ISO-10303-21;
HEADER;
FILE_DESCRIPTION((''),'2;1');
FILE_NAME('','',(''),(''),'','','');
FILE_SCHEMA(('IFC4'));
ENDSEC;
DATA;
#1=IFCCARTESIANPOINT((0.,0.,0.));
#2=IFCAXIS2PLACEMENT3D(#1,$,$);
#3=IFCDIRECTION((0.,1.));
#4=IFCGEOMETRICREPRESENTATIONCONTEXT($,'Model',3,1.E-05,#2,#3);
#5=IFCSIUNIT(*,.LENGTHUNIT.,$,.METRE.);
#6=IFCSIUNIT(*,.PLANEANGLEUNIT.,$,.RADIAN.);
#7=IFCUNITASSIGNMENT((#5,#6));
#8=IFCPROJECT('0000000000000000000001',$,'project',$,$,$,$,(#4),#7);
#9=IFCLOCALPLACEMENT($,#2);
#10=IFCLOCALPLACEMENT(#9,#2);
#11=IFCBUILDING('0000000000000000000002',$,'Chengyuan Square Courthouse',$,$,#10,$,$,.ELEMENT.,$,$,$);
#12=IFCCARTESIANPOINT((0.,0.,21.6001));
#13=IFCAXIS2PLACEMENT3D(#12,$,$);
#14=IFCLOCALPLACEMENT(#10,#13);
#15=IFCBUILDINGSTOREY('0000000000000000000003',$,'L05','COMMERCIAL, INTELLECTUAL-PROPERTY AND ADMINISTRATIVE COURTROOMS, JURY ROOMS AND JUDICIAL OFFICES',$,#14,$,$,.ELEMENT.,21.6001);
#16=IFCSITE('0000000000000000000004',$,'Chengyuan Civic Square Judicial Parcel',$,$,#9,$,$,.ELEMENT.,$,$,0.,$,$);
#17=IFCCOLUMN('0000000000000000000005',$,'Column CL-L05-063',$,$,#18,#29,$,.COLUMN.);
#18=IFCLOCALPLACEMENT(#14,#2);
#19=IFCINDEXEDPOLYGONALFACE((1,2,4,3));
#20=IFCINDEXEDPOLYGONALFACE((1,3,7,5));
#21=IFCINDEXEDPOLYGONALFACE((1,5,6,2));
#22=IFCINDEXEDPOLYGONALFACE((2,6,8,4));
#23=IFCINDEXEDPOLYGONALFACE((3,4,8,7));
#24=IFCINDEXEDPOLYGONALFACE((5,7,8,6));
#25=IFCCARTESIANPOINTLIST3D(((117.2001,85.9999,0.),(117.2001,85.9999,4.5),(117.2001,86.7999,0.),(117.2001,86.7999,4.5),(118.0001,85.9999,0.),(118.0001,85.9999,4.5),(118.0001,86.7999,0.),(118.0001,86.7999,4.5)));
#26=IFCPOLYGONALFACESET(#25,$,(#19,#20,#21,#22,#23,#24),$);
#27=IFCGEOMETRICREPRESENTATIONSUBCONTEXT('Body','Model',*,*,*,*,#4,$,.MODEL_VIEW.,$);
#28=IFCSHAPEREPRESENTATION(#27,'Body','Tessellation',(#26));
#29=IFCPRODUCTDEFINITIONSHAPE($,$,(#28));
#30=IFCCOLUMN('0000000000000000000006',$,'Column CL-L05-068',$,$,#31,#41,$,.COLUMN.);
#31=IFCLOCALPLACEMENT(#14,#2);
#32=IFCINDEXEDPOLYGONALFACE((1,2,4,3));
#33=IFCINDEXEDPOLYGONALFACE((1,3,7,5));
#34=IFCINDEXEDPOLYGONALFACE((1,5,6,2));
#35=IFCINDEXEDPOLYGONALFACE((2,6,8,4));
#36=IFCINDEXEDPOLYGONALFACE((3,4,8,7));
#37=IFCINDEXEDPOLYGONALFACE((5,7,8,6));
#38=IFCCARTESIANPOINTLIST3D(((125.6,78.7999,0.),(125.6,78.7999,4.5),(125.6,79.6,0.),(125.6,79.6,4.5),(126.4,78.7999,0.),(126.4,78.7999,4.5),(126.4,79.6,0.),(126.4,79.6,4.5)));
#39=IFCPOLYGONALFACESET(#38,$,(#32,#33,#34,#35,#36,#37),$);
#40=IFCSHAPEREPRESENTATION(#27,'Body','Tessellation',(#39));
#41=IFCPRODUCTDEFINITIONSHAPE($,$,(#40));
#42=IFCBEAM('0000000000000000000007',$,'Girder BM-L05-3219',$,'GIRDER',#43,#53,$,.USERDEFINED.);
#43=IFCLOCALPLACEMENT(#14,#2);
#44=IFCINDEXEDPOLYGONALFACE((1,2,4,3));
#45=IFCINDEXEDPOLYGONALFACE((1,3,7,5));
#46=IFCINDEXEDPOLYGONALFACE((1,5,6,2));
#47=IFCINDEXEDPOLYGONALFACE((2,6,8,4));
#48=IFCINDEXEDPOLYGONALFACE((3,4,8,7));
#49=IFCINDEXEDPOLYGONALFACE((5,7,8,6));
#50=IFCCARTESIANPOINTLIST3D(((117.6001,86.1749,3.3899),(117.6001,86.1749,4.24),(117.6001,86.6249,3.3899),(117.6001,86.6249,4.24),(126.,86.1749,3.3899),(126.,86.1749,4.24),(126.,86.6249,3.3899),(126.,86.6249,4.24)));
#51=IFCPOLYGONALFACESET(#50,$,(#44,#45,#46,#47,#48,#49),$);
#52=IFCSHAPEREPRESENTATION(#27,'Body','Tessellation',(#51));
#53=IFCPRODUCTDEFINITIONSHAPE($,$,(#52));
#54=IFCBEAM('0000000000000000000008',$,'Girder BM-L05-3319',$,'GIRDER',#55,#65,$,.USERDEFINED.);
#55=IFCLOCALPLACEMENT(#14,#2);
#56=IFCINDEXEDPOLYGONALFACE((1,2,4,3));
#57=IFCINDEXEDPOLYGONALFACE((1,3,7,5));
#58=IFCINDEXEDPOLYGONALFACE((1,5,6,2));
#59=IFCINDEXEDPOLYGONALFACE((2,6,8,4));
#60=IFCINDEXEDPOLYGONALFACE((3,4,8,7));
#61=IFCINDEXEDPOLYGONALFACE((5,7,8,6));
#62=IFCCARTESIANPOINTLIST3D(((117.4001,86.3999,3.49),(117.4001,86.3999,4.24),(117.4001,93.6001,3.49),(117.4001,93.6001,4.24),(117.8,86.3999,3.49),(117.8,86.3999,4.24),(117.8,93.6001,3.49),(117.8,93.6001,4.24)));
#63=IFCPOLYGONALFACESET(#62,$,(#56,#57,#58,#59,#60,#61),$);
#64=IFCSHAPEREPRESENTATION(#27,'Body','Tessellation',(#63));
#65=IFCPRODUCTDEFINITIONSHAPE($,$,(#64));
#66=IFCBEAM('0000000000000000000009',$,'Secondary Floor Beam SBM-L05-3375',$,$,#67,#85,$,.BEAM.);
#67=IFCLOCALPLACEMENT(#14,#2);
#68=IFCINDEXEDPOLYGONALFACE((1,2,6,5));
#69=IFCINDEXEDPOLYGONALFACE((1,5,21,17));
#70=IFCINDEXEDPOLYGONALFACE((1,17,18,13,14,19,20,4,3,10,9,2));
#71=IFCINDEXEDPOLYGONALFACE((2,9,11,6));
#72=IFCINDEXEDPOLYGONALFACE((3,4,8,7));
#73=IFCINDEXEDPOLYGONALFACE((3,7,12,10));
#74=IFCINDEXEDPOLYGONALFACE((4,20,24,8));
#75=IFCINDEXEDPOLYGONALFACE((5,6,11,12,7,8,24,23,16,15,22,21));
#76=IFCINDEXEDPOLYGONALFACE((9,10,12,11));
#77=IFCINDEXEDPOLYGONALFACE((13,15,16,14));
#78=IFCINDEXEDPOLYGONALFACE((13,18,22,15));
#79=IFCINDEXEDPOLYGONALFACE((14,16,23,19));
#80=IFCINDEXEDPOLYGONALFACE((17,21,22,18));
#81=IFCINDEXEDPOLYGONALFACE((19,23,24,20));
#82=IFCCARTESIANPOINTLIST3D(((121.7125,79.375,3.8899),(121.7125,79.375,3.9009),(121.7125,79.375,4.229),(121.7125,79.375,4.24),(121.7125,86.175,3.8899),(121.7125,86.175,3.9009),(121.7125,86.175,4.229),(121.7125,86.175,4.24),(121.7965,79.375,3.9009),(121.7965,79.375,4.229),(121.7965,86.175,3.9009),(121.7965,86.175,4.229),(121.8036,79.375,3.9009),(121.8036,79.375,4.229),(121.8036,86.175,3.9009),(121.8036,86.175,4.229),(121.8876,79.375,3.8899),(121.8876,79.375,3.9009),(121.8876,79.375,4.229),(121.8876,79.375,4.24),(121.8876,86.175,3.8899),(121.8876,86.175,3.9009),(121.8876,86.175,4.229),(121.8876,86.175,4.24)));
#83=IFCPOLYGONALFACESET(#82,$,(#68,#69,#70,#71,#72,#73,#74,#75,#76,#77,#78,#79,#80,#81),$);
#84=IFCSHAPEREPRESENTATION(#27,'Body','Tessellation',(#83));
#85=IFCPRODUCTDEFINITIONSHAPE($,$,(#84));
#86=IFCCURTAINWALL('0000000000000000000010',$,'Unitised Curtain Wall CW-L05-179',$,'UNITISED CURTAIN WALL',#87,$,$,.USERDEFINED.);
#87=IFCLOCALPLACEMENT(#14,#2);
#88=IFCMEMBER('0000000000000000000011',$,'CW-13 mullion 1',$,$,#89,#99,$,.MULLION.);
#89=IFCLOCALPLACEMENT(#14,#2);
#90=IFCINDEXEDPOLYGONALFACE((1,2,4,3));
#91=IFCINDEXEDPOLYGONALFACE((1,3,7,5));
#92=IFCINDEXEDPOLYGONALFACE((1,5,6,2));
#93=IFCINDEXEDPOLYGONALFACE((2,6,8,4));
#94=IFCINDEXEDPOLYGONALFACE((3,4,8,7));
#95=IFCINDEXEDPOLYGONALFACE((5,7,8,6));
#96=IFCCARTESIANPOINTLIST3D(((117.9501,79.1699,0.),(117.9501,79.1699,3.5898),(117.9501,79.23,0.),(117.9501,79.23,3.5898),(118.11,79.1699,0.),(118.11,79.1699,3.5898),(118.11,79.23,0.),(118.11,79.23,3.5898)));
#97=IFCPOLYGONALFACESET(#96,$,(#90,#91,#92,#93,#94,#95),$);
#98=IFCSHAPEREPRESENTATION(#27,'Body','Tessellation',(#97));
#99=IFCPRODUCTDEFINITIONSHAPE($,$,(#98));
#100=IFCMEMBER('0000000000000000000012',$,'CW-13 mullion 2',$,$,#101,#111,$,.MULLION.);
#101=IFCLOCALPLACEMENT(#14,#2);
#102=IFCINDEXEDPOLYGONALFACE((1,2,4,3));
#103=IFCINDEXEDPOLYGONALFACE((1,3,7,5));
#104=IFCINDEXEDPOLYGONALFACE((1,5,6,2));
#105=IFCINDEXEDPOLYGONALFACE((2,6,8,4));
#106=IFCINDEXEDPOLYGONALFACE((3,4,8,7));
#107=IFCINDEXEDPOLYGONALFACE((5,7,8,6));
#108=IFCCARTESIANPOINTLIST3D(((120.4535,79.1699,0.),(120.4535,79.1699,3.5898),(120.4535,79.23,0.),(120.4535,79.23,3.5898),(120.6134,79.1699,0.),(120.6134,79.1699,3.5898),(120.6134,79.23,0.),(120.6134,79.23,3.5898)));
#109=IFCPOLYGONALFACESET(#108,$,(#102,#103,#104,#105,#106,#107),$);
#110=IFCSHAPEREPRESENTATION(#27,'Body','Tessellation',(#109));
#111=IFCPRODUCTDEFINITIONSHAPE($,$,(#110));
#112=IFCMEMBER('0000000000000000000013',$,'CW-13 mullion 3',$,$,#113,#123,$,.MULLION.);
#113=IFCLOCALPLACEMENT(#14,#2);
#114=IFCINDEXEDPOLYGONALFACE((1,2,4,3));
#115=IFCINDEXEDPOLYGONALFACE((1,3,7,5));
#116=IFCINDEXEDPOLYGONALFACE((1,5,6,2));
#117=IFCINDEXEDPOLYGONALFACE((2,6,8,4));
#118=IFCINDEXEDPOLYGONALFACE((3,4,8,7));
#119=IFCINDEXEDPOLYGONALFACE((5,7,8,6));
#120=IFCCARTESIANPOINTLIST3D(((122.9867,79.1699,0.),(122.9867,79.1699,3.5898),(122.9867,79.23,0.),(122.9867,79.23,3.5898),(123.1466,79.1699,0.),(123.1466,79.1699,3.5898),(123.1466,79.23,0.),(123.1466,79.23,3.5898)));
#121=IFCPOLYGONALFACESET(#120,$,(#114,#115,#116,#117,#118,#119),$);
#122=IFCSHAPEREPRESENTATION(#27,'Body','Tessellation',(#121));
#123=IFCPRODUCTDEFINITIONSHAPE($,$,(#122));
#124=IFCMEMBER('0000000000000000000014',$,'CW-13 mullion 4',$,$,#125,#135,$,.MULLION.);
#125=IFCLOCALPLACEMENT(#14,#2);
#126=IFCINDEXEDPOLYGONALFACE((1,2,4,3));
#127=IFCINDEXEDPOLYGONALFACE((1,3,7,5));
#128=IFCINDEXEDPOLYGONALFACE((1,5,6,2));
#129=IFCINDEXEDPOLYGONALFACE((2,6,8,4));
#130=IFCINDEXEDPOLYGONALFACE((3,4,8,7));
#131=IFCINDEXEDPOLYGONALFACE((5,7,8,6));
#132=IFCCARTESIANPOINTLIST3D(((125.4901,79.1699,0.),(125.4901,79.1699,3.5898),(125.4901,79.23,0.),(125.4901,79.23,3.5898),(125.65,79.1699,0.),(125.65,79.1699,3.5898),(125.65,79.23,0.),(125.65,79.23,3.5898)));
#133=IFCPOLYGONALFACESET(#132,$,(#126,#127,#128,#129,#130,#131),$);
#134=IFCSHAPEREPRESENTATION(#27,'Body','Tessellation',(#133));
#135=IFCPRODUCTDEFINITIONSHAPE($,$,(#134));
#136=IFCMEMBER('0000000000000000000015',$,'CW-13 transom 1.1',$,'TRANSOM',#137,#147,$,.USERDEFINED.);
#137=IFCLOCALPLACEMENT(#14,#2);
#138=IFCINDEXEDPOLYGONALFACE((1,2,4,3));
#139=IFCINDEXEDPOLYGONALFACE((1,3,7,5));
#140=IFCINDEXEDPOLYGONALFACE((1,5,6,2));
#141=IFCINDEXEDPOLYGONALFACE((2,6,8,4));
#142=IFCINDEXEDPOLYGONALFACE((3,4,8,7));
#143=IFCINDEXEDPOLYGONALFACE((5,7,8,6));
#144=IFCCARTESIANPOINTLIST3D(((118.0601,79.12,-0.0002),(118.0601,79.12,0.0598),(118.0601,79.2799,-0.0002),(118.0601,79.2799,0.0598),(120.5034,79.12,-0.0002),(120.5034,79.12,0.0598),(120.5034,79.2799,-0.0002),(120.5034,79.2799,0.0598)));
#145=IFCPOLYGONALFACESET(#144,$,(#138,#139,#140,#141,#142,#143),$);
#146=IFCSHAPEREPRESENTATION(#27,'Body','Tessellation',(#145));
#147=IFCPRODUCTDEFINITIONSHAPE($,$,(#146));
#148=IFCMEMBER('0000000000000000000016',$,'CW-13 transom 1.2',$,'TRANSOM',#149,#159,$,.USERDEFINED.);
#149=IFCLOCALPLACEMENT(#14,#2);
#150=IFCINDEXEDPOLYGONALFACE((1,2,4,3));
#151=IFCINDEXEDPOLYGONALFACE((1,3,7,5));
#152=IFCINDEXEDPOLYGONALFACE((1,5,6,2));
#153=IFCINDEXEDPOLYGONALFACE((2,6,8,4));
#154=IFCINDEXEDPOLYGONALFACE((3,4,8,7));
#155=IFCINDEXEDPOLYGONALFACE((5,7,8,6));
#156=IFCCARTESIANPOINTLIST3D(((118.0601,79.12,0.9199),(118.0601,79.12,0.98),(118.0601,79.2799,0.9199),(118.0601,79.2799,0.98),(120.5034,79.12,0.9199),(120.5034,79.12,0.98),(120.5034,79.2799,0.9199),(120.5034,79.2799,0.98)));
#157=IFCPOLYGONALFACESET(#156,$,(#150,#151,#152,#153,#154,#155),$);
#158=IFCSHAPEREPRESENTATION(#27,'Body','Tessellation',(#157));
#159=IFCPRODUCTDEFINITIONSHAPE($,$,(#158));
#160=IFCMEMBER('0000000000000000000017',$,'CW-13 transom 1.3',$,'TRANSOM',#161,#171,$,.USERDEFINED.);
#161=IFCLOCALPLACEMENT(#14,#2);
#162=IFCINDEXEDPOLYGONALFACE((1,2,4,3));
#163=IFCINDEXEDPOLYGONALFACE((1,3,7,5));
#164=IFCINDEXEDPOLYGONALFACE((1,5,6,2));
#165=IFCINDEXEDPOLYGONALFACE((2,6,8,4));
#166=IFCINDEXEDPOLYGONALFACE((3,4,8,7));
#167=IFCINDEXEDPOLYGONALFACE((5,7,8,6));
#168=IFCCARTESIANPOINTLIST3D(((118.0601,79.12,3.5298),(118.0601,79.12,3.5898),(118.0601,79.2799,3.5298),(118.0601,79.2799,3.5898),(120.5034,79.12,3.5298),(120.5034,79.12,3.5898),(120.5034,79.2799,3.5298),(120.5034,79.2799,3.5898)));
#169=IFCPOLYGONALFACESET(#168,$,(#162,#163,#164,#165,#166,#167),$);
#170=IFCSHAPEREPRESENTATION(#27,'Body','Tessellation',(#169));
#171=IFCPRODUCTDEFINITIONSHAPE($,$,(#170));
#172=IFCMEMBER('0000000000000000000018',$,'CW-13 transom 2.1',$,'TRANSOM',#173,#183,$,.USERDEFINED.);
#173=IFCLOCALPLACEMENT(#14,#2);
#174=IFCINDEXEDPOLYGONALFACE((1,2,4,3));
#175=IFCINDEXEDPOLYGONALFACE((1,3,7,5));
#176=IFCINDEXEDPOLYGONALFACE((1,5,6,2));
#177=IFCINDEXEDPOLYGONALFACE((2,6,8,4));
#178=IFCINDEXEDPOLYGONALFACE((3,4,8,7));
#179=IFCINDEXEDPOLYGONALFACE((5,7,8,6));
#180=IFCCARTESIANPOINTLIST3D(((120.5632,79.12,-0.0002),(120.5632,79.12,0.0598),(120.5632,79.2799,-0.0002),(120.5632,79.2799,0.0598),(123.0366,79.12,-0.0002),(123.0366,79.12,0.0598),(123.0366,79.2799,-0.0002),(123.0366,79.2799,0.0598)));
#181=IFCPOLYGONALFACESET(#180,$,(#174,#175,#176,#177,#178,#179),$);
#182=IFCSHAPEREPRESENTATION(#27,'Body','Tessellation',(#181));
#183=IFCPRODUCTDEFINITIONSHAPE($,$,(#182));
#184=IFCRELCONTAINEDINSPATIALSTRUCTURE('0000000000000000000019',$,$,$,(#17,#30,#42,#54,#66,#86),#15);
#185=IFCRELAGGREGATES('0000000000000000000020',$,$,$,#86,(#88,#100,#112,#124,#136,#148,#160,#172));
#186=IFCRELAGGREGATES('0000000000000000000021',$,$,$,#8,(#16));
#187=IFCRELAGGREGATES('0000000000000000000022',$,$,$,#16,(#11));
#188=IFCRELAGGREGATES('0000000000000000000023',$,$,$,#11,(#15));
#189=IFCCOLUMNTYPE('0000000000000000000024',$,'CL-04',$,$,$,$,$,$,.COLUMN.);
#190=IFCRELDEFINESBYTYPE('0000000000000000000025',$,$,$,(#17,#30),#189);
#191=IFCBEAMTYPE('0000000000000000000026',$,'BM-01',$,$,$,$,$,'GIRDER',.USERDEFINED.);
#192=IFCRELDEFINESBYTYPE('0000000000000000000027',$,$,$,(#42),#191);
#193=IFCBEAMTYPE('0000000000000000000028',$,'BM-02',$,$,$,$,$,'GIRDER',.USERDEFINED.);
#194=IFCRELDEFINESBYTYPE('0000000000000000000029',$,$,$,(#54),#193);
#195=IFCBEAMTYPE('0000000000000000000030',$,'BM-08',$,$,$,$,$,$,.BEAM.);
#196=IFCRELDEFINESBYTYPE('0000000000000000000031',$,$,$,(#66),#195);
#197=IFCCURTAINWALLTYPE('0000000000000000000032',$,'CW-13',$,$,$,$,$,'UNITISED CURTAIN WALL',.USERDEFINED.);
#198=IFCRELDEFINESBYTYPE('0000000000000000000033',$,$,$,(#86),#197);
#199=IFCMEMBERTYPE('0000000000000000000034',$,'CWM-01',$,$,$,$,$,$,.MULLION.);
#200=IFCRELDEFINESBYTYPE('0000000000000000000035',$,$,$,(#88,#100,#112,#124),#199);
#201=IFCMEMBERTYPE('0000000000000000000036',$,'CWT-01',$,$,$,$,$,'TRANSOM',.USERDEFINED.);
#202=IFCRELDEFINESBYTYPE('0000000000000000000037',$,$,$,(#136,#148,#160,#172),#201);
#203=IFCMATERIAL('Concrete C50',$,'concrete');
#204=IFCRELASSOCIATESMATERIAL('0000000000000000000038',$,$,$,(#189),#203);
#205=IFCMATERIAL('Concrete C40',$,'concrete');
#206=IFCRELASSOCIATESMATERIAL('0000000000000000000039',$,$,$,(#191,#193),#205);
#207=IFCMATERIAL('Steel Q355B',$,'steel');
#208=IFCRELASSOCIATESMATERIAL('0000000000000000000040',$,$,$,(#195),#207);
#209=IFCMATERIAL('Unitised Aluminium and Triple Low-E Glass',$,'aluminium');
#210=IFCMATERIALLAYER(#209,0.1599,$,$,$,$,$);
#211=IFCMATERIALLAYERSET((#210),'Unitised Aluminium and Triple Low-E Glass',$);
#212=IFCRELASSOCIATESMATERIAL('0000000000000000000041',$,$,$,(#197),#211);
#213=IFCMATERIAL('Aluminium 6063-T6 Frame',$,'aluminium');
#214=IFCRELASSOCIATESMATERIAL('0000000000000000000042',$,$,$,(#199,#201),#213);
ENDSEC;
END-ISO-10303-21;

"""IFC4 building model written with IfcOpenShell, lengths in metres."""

from ifc_helpers import new_model, si_unit, direction, frame, origin, origin_2d, place, context, subcontext, project, spatial, rectangle, i_section, extrude, material, layer, layer_set, material_profile, profile_set, type_object, element, aggregate, save


model = new_model("IFC4")

# Units and contexts
model_context = context("Model", 3, precision=1e-05, world=origin(), true_north=direction((0.0, 1.0)))
body_context = subcontext(model_context, "Body", "Model", "MODEL_VIEW")
ifc_project = project(units=[si_unit("LENGTHUNIT", "METRE"), si_unit("PLANEANGLEUNIT", "RADIAN")], contexts=[model_context])

# Site, building, storey
site_placement = place(None, origin())
site = spatial("IfcSite", under=ifc_project, at=site_placement, Name="Chengyuan Civic Square Judicial Parcel", CompositionType="ELEMENT", RefElevation=0.0)
building_placement = place(site_placement, origin())
building = spatial("IfcBuilding", under=site, at=building_placement, Name="Chengyuan Square Courthouse", CompositionType="ELEMENT")
storey_placement = place(building_placement, frame((0.0, 0.0, 21.6001)))
storey = spatial("IfcBuildingStorey", under=building, at=storey_placement, Name="L05", Description="COMMERCIAL, INTELLECTUAL-PROPERTY AND ADMINISTRATIVE COURTROOMS, JURY ROOMS AND JUDICIAL OFFICES", CompositionType="ELEMENT", Elevation=21.6001)

# Columns
ifc_material_1 = material(Name="Concrete C50", Category="concrete")
ifc_material_profile_1 = material_profile(ifc_material_1, rectangle(XDim=0.8, YDim=0.8, at=origin_2d()), Name="RC-COL-800x800")
ifc_profile_set_1 = profile_set([ifc_material_profile_1], Name="Concrete C50")
column_type = type_object("IfcColumnType", Name="CL-04", PredefinedType="COLUMN", material=ifc_profile_set_1)
for number, where, z_axis, x_axis, name in (
    (1, (117.6001, 86.3999, 0.0), (0.0, 0.0, 1.0), (1.0, 0.0, 0.0), "Column CL-L05-063"),
    (2, (126.0, 79.2, 0.0), (0.0, 0.0, 1.0), (1.0, 0.0, 0.0), "Column CL-L05-068"),
):
    element("IfcColumn", number, at=place(storey_placement, frame(where, z_axis=z_axis, x_axis=x_axis)), inside=storey, type_object=column_type, Name=name, PredefinedType="COLUMN", context=body_context, shape_type="SweptSolid", body=[
        extrude(rectangle(XDim=0.8, YDim=0.8, at=origin_2d()), origin(), (0.0, 0.0, 1.0), 4.5),
    ])

# Beams
ifc_material_2 = material(Name="Concrete C40", Category="concrete")
ifc_material_profile_2 = material_profile(ifc_material_2, rectangle(XDim=0.45, YDim=0.8501, at=origin_2d()), Name="RC-BM-450x850")
ifc_profile_set_2 = profile_set([ifc_material_profile_2], Name="Concrete C40")
beam_type_1 = type_object("IfcBeamType", Name="BM-01", ElementType="GIRDER", PredefinedType="USERDEFINED", material=ifc_profile_set_2)
beam_1_placement = place(storey_placement, frame((117.6001, 86.3999, 3.8149), z_axis=(1.0, 0.0, 0.0), x_axis=(0.0, 1.0, 0.0)))
element("IfcBeam", 3, at=beam_1_placement, inside=storey, type_object=beam_type_1, Name="Girder BM-L05-3219", ObjectType="GIRDER", PredefinedType="USERDEFINED", context=body_context, shape_type="SweptSolid", body=[
    extrude(rectangle(XDim=0.45, YDim=0.8501, at=origin_2d()), origin(), (0.0, 0.0, 1.0), 8.3999),
])
ifc_material_profile_3 = material_profile(ifc_material_2, rectangle(XDim=0.3999, YDim=0.75, at=origin_2d()), Name="RC-BM-400x750")
ifc_profile_set_3 = profile_set([ifc_material_profile_3], Name="Concrete C40")
beam_type_2 = type_object("IfcBeamType", Name="BM-02", ElementType="GIRDER", PredefinedType="USERDEFINED", material=ifc_profile_set_3)
beam_2_placement = place(storey_placement, frame((117.6001, 86.3999, 3.865), z_axis=(0.0, 1.0, 0.0), x_axis=(-1.0, 0.0, 0.0)))
element("IfcBeam", 4, at=beam_2_placement, inside=storey, type_object=beam_type_2, Name="Girder BM-L05-3319", ObjectType="GIRDER", PredefinedType="USERDEFINED", context=body_context, shape_type="SweptSolid", body=[
    extrude(rectangle(XDim=0.3999, YDim=0.75, at=origin_2d()), origin(), (0.0, 0.0, 1.0), 7.2002),
])
ifc_material_3 = material(Name="Steel Q355B", Category="steel")
ifc_material_profile_4 = material_profile(ifc_material_3, i_section(OverallWidth=0.175, OverallDepth=0.3501, WebThickness=0.0071, FlangeThickness=0.011, at=origin_2d()), Name="HN 350x175x7x11")
ifc_profile_set_4 = profile_set([ifc_material_profile_4], Name="Steel Q355B")
beam_type_3 = type_object("IfcBeamType", Name="BM-08", PredefinedType="BEAM", material=ifc_profile_set_4)
beam_3_placement = place(storey_placement, frame((121.8, 79.375, 4.0649), z_axis=(0.0, 1.0, 0.0), x_axis=(-1.0, 0.0, 0.0)))
element("IfcBeam", 5, at=beam_3_placement, inside=storey, type_object=beam_type_3, Name="Secondary Floor Beam SBM-L05-3375", PredefinedType="BEAM", context=body_context, shape_type="SweptSolid", body=[
    extrude(i_section(OverallWidth=0.175, OverallDepth=0.3501, WebThickness=0.0071, FlangeThickness=0.011, at=origin_2d()), origin(), (0.0, 0.0, 1.0), 6.8),
])

# Curtain wall, members
ifc_material_4 = material(Name="Unitised Aluminium and Triple Low-E Glass", Category="aluminium")
ifc_layer_1 = layer(ifc_material_4, 0.1599)
ifc_layer_set_1 = layer_set([ifc_layer_1], Name="Unitised Aluminium and Triple Low-E Glass")
curtain_wall_type = type_object("IfcCurtainWallType", Name="CW-13", ElementType="UNITISED CURTAIN WALL", PredefinedType="USERDEFINED", material=ifc_layer_set_1)
curtain_wall_placement = place(storey_placement, origin())
curtain_wall = element("IfcCurtainWall", 6, at=curtain_wall_placement, inside=storey, type_object=curtain_wall_type, Name="Unitised Curtain Wall CW-L05-179", ObjectType="UNITISED CURTAIN WALL", PredefinedType="USERDEFINED")
ifc_material_5 = material(Name="Aluminium 6063-T6 Frame", Category="aluminium")
ifc_material_profile_5 = material_profile(ifc_material_5, rectangle(XDim=0.0601, YDim=0.1599, at=origin_2d()), Name="CW-MUL-60x160")
ifc_profile_set_5 = profile_set([ifc_material_profile_5], Name="Aluminium 6063-T6 Frame")
member_type_1 = type_object("IfcMemberType", Name="CWM-01", PredefinedType="MULLION", material=ifc_profile_set_5)
member_1_placement = place(storey_placement, frame((118.03, 79.2, 0.0), z_axis=(0.0, 0.0, 1.0), x_axis=(0.0, 1.0, 0.0)))
member_1 = element("IfcMember", 7, at=member_1_placement, type_object=member_type_1, Name="CW-13 mullion 1", PredefinedType="MULLION", context=body_context, shape_type="SweptSolid", body=[
    extrude(rectangle(XDim=0.0601, YDim=0.1599, at=origin_2d()), origin(), (0.0, 0.0, 1.0), 3.5898),
])
member_2_placement = place(storey_placement, frame((120.5334, 79.2, 0.0), z_axis=(0.0, 0.0, 1.0), x_axis=(0.0, 1.0, 0.0)))
member_2 = element("IfcMember", 8, at=member_2_placement, type_object=member_type_1, Name="CW-13 mullion 2", PredefinedType="MULLION", context=body_context, shape_type="SweptSolid", body=[
    extrude(rectangle(XDim=0.0601, YDim=0.1599, at=origin_2d()), origin(), (0.0, 0.0, 1.0), 3.5898),
])
member_3_placement = place(storey_placement, frame((123.0667, 79.2, 0.0), z_axis=(0.0, 0.0, 1.0), x_axis=(0.0, 1.0, 0.0)))
member_3 = element("IfcMember", 9, at=member_3_placement, type_object=member_type_1, Name="CW-13 mullion 3", PredefinedType="MULLION", context=body_context, shape_type="SweptSolid", body=[
    extrude(rectangle(XDim=0.0601, YDim=0.1599, at=origin_2d()), origin(), (0.0, 0.0, 1.0), 3.5898),
])
member_4_placement = place(storey_placement, frame((125.5701, 79.2, 0.0), z_axis=(0.0, 0.0, 1.0), x_axis=(0.0, 1.0, 0.0)))
member_4 = element("IfcMember", 10, at=member_4_placement, type_object=member_type_1, Name="CW-13 mullion 4", PredefinedType="MULLION", context=body_context, shape_type="SweptSolid", body=[
    extrude(rectangle(XDim=0.0601, YDim=0.1599, at=origin_2d()), origin(), (0.0, 0.0, 1.0), 3.5898),
])
ifc_material_profile_6 = material_profile(ifc_material_5, rectangle(XDim=0.1599, YDim=0.0601, at=origin_2d()), Name="CW-TRN-60x120")
ifc_profile_set_6 = profile_set([ifc_material_profile_6], Name="Aluminium 6063-T6 Frame")
member_type_2 = type_object("IfcMemberType", Name="CWT-01", ElementType="TRANSOM", PredefinedType="USERDEFINED", material=ifc_profile_set_6)
member_5_placement = place(storey_placement, frame((118.0601, 79.2, 0.0298), z_axis=(1.0, 0.0, 0.0), x_axis=(0.0, 1.0, 0.0)))
member_5 = element("IfcMember", 11, at=member_5_placement, type_object=member_type_2, Name="CW-13 transom 1.1", ObjectType="TRANSOM", PredefinedType="USERDEFINED", context=body_context, shape_type="SweptSolid", body=[
    extrude(rectangle(XDim=0.1599, YDim=0.0601, at=origin_2d()), origin(), (0.0, 0.0, 1.0), 2.4434),
])
member_6_placement = place(storey_placement, frame((118.0601, 79.2, 0.95), z_axis=(1.0, 0.0, 0.0), x_axis=(0.0, 1.0, 0.0)))
member_6 = element("IfcMember", 12, at=member_6_placement, type_object=member_type_2, Name="CW-13 transom 1.2", ObjectType="TRANSOM", PredefinedType="USERDEFINED", context=body_context, shape_type="SweptSolid", body=[
    extrude(rectangle(XDim=0.1599, YDim=0.0601, at=origin_2d()), origin(), (0.0, 0.0, 1.0), 2.4434),
])
member_7_placement = place(storey_placement, frame((118.0601, 79.2, 3.5598), z_axis=(1.0, 0.0, 0.0), x_axis=(0.0, 1.0, 0.0)))
member_7 = element("IfcMember", 13, at=member_7_placement, type_object=member_type_2, Name="CW-13 transom 1.3", ObjectType="TRANSOM", PredefinedType="USERDEFINED", context=body_context, shape_type="SweptSolid", body=[
    extrude(rectangle(XDim=0.1599, YDim=0.0601, at=origin_2d()), origin(), (0.0, 0.0, 1.0), 2.4434),
])
member_8_placement = place(storey_placement, frame((120.5632, 79.2, 0.0298), z_axis=(1.0, 0.0, 0.0), x_axis=(0.0, 1.0, 0.0)))
member_8 = element("IfcMember", 14, at=member_8_placement, type_object=member_type_2, Name="CW-13 transom 2.1", ObjectType="TRANSOM", PredefinedType="USERDEFINED", context=body_context, shape_type="SweptSolid", body=[
    extrude(rectangle(XDim=0.1599, YDim=0.0601, at=origin_2d()), origin(), (0.0, 0.0, 1.0), 2.4734),
])
aggregate(curtain_wall, [member_1, member_2, member_3, member_4, member_5, member_6, member_7, member_8])

save(model, "model.ifc")
